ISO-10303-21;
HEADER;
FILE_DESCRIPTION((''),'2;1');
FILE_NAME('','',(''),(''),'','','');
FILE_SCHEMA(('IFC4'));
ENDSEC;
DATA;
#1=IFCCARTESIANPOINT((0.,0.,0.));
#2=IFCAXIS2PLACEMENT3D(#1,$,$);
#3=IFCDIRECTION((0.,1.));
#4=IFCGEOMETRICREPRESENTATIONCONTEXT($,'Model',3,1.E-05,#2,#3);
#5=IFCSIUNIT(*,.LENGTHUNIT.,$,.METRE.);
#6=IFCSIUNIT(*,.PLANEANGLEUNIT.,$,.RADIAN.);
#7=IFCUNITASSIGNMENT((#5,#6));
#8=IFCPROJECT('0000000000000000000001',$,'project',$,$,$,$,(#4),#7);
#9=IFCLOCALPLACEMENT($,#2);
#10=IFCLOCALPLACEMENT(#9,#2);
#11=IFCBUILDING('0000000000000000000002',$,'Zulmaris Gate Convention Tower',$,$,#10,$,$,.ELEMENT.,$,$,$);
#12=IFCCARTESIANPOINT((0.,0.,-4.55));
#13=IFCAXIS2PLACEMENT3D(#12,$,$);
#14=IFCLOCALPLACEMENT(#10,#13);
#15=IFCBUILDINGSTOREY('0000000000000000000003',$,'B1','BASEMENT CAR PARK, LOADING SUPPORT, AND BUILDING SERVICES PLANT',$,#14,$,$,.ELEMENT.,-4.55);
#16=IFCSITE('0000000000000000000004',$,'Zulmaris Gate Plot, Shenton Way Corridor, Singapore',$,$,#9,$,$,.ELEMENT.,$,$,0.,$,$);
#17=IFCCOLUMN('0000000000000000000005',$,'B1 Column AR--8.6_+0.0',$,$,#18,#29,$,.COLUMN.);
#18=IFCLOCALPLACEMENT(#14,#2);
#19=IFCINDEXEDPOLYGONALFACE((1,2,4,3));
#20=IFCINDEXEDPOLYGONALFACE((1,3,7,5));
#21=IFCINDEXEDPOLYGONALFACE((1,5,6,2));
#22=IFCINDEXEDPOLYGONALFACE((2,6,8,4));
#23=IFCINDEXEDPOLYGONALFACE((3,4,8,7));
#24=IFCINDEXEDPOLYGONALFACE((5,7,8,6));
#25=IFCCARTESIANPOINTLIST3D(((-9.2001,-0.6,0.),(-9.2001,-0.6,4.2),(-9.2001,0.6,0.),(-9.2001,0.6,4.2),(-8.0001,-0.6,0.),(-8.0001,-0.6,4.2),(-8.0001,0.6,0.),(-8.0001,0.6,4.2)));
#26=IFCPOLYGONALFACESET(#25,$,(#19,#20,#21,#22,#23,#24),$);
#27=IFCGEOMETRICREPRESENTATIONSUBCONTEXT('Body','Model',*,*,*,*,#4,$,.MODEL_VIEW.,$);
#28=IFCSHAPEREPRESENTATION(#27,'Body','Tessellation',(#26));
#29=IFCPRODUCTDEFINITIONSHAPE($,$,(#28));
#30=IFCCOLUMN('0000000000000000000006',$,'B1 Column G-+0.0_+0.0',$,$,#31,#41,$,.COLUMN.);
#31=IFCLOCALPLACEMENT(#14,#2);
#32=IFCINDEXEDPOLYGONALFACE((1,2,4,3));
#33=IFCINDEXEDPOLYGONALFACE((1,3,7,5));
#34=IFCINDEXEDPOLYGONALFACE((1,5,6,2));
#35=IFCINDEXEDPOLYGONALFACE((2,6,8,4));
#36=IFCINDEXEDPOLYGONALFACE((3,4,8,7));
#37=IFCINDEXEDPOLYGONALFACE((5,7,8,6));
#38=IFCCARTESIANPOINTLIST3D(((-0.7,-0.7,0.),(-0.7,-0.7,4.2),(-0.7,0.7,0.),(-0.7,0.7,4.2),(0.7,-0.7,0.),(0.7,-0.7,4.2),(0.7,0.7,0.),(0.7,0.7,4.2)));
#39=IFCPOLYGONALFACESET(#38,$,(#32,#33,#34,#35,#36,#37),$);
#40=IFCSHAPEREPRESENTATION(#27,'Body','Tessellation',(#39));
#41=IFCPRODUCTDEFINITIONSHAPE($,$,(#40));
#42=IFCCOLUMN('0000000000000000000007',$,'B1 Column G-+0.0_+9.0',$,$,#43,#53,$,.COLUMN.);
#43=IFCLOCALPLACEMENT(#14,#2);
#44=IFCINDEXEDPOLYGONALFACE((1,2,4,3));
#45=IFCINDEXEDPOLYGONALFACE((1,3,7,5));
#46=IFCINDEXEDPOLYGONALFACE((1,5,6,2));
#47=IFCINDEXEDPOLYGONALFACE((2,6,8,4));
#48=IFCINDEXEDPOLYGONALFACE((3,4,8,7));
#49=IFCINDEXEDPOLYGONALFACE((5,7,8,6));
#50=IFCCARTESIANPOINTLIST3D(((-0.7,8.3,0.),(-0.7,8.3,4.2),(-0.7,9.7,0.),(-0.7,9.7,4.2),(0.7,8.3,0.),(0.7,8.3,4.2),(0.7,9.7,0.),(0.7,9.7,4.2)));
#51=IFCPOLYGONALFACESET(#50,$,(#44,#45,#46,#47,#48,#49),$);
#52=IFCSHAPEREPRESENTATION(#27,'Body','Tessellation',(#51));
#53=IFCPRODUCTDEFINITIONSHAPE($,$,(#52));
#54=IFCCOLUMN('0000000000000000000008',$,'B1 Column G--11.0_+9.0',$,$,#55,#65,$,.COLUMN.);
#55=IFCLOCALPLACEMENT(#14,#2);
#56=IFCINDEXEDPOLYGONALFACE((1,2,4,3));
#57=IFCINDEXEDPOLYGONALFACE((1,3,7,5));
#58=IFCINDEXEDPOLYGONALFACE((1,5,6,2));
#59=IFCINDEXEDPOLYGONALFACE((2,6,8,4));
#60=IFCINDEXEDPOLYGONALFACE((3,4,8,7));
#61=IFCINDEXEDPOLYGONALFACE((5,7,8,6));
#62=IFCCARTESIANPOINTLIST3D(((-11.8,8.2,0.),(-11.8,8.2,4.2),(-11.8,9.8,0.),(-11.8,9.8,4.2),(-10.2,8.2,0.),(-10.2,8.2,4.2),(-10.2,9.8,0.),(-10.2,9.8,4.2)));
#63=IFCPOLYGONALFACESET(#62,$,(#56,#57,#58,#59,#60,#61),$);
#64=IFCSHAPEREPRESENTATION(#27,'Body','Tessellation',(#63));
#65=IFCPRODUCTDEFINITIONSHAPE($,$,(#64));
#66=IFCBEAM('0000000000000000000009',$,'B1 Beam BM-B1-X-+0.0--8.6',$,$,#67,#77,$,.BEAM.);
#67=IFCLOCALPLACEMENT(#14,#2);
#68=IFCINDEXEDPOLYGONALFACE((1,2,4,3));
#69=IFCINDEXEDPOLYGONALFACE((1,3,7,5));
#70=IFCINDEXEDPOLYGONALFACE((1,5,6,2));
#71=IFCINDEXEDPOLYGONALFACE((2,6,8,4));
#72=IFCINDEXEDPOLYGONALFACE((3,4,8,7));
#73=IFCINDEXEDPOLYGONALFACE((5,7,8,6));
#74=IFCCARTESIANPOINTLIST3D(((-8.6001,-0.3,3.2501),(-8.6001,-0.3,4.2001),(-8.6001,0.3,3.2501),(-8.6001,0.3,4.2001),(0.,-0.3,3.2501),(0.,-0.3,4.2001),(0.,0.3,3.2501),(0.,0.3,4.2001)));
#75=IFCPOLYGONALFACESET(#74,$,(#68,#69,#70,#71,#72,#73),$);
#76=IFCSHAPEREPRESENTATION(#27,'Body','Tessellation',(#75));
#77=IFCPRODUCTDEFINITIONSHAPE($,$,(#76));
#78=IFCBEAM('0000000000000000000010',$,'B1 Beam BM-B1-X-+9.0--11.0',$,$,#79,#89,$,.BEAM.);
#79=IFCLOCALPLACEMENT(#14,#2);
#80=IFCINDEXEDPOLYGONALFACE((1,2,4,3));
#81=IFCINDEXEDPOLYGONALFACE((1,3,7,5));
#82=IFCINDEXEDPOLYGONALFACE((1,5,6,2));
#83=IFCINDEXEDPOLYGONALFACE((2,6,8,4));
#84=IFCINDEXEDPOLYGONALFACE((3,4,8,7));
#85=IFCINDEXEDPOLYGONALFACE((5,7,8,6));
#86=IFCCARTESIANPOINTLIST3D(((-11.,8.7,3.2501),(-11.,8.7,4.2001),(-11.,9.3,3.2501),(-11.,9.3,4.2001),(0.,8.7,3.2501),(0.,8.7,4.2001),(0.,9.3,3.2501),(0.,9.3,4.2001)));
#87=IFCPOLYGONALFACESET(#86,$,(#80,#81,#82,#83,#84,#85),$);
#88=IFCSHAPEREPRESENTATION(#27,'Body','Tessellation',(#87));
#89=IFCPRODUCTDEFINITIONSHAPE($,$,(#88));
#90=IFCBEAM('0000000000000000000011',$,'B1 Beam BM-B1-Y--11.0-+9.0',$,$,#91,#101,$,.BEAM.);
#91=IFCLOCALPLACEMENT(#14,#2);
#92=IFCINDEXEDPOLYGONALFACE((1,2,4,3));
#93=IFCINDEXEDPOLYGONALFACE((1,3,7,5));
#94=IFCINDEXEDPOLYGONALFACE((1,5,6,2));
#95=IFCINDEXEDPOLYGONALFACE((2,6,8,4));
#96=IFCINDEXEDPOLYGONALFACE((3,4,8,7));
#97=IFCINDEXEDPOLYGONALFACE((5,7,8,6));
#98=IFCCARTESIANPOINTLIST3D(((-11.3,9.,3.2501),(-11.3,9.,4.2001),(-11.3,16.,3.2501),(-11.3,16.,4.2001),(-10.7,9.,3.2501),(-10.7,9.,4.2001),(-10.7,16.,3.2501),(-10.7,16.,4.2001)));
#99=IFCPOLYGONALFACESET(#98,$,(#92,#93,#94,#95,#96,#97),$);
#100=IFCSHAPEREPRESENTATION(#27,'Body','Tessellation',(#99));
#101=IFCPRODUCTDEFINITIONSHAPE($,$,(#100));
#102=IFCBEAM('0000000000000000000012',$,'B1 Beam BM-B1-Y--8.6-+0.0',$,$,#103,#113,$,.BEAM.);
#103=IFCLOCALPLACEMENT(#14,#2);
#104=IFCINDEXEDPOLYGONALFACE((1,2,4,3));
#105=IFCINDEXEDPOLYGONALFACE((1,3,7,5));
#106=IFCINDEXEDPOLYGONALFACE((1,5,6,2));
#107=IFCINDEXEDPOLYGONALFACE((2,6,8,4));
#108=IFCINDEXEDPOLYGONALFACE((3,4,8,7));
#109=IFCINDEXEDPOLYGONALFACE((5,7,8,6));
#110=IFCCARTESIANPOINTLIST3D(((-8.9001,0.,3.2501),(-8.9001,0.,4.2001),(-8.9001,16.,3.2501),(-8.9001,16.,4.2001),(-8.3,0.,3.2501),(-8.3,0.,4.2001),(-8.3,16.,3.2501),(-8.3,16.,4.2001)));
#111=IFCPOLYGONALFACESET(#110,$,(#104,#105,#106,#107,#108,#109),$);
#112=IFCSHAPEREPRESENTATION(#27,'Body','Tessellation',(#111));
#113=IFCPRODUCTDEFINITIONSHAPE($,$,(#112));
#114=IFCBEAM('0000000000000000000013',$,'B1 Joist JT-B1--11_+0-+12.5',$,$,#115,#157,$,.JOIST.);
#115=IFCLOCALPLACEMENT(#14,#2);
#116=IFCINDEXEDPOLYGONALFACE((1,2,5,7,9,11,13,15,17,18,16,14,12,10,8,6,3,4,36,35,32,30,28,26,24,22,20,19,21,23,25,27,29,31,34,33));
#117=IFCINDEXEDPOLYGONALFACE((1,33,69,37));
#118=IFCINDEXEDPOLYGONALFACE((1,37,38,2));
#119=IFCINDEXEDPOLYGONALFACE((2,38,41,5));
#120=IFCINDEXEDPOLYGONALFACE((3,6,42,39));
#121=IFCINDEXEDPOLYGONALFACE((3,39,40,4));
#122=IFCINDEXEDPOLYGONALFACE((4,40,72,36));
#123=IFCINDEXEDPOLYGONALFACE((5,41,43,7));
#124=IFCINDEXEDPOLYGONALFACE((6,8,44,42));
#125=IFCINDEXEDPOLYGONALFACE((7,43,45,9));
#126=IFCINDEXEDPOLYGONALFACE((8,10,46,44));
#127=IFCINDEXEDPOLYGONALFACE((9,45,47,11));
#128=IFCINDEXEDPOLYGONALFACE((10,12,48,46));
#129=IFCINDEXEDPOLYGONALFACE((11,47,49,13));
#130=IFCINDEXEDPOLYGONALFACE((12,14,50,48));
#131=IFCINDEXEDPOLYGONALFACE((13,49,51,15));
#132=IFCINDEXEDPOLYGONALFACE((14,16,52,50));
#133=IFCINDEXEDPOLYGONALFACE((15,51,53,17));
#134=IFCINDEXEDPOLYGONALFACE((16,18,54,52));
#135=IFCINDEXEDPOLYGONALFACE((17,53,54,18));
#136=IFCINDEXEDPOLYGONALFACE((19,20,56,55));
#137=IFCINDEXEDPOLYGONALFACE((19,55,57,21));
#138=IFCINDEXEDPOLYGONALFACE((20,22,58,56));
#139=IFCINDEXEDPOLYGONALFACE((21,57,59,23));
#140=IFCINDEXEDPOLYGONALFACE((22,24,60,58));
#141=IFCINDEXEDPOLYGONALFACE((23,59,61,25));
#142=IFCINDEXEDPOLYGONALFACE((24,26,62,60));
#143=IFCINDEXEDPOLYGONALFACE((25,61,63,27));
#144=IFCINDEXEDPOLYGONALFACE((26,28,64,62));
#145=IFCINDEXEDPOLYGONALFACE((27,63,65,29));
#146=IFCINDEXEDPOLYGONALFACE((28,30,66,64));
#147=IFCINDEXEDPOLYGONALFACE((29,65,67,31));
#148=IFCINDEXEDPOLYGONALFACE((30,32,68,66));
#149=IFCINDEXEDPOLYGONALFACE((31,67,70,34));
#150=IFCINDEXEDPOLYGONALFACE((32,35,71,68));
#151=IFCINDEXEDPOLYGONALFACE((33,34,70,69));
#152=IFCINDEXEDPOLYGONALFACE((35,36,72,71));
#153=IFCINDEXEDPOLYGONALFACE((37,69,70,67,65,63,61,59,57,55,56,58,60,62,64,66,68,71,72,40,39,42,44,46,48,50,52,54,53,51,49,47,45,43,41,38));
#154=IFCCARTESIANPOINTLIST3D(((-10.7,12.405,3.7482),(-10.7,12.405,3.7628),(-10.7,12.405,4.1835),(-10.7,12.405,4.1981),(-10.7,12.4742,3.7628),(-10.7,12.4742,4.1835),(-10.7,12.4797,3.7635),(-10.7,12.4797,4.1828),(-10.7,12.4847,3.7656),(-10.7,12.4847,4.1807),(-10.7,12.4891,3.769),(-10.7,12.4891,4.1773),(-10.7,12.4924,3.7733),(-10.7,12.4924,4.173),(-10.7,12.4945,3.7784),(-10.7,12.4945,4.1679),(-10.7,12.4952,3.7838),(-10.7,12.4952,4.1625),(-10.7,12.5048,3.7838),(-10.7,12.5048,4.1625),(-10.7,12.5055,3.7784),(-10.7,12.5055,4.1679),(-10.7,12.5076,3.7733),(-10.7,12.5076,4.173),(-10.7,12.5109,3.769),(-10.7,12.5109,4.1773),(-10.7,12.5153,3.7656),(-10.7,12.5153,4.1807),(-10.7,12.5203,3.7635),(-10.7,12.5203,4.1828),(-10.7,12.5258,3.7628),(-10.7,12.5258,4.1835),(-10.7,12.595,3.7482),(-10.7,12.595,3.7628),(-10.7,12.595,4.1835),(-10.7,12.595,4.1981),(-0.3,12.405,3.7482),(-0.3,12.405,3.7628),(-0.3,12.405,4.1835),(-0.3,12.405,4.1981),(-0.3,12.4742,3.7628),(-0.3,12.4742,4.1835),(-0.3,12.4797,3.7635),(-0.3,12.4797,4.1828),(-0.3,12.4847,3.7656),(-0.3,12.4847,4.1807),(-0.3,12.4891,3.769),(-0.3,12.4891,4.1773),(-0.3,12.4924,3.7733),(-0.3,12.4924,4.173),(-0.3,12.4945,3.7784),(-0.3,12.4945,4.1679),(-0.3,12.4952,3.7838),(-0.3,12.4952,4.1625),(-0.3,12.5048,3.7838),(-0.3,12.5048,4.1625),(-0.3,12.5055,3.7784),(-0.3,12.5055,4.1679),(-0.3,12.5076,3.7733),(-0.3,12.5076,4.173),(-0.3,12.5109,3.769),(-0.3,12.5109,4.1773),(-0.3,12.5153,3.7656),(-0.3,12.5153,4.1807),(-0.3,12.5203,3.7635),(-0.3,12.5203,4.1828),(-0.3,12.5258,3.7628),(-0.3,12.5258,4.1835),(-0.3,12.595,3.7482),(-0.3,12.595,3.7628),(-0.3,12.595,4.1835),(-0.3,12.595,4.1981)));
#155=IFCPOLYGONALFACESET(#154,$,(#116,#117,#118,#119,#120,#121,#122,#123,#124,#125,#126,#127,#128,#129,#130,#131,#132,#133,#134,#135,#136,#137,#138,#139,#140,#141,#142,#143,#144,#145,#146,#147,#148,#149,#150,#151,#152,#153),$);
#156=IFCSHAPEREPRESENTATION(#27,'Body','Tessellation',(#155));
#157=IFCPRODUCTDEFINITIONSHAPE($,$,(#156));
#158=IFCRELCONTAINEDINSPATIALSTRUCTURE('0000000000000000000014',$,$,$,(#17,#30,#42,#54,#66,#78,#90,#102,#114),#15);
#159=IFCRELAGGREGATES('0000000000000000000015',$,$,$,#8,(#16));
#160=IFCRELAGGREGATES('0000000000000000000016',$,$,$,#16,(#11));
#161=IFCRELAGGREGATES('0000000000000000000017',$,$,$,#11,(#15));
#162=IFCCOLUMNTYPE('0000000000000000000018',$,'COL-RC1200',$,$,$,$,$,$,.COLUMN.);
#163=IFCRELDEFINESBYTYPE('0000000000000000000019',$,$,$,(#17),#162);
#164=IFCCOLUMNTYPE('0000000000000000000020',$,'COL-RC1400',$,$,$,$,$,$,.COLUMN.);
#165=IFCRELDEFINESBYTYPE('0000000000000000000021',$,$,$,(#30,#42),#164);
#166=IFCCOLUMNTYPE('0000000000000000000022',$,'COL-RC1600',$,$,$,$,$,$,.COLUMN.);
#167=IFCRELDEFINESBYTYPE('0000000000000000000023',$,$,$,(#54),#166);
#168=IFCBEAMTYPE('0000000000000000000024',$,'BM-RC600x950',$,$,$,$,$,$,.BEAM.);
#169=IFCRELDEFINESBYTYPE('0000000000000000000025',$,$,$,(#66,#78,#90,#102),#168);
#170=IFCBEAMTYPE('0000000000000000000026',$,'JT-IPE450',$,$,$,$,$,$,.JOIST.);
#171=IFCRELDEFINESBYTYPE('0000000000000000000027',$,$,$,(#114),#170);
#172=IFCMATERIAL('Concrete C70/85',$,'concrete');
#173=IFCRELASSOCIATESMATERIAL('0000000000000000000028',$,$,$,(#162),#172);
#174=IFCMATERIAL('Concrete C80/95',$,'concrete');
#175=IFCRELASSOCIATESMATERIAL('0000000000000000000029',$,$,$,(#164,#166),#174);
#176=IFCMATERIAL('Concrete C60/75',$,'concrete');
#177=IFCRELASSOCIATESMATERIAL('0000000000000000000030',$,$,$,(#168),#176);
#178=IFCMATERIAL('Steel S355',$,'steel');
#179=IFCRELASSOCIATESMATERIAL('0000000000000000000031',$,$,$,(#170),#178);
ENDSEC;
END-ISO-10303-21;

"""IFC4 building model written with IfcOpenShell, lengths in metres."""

from ifc_helpers import new_model, si_unit, direction, frame, origin, origin_2d, place, context, subcontext, project, spatial, rectangle, i_section, extrude, material, material_profile, profile_set, type_object, element, save


model = new_model("IFC4")

# Units and contexts
model_context = context("Model", 3, precision=1e-05, world=origin(), true_north=direction((0.0, 1.0)))
body_context = subcontext(model_context, "Body", "Model", "MODEL_VIEW")
ifc_project = project(units=[si_unit("LENGTHUNIT", "METRE"), si_unit("PLANEANGLEUNIT", "RADIAN")], contexts=[model_context])

# Site, building, storey
site_placement = place(None, origin())
site = spatial("IfcSite", under=ifc_project, at=site_placement, Name="Zulmaris Gate Plot, Shenton Way Corridor, Singapore", CompositionType="ELEMENT", RefElevation=0.0)
building_placement = place(site_placement, origin())
building = spatial("IfcBuilding", under=site, at=building_placement, Name="Zulmaris Gate Convention Tower", CompositionType="ELEMENT")
storey_placement = place(building_placement, frame((0.0, 0.0, -4.55)))
storey = spatial("IfcBuildingStorey", under=building, at=storey_placement, Name="B1", Description="BASEMENT CAR PARK, LOADING SUPPORT, AND BUILDING SERVICES PLANT", CompositionType="ELEMENT", Elevation=-4.55)

# Columns
ifc_material_1 = material(Name="Concrete C70/85", Category="concrete")
ifc_material_profile_1 = material_profile(ifc_material_1, rectangle(XDim=1.2, YDim=1.2, at=origin_2d()), Name="RC COL 1200x1200")
ifc_profile_set_1 = profile_set([ifc_material_profile_1], Name="Concrete C70/85")
column_type_1 = type_object("IfcColumnType", Name="COL-RC1200", PredefinedType="COLUMN", material=ifc_profile_set_1)
column_1_placement = place(storey_placement, frame((-8.6001, 0.0, 0.0), z_axis=(0.0, 0.0, 1.0), x_axis=(1.0, 0.0, 0.0)))
element("IfcColumn", 1, at=column_1_placement, inside=storey, type_object=column_type_1, Name="B1 Column AR--8.6_+0.0", PredefinedType="COLUMN", context=body_context, shape_type="SweptSolid", body=[
    extrude(rectangle(XDim=1.2, YDim=1.2, at=origin_2d()), origin(), (0.0, 0.0, 1.0), 4.2),
])
ifc_material_2 = material(Name="Concrete C80/95", Category="concrete")
ifc_material_profile_2 = material_profile(ifc_material_2, rectangle(XDim=1.3999, YDim=1.3999, at=origin_2d()), Name="RC COL 1400x1400")
ifc_profile_set_2 = profile_set([ifc_material_profile_2], Name="Concrete C80/95")
column_type_2 = type_object("IfcColumnType", Name="COL-RC1400", PredefinedType="COLUMN", material=ifc_profile_set_2)
for number, where, z_axis, x_axis, name in (
    (2, (0.0, 0.0, 0.0), (0.0, 0.0, 1.0), (1.0, 0.0, 0.0), "B1 Column G-+0.0_+0.0"),
    (3, (0.0, 9.0, 0.0), (0.0, 0.0, 1.0), (1.0, 0.0, 0.0), "B1 Column G-+0.0_+9.0"),
):
    element("IfcColumn", number, at=place(storey_placement, frame(where, z_axis=z_axis, x_axis=x_axis)), inside=storey, type_object=column_type_2, Name=name, PredefinedType="COLUMN", context=body_context, shape_type="SweptSolid", body=[
        extrude(rectangle(XDim=1.3999, YDim=1.3999, at=origin_2d()), origin(), (0.0, 0.0, 1.0), 4.2),
    ])
ifc_material_profile_3 = material_profile(ifc_material_2, rectangle(XDim=1.6001, YDim=1.6001, at=origin_2d()), Name="RC COL 1600x1600")
ifc_profile_set_3 = profile_set([ifc_material_profile_3], Name="Concrete C80/95")
column_type_3 = type_object("IfcColumnType", Name="COL-RC1600", PredefinedType="COLUMN", material=ifc_profile_set_3)
column_2_placement = place(storey_placement, frame((-11.0, 9.0, 0.0), z_axis=(0.0, 0.0, 1.0), x_axis=(1.0, 0.0, 0.0)))
element("IfcColumn", 4, at=column_2_placement, inside=storey, type_object=column_type_3, Name="B1 Column G--11.0_+9.0", PredefinedType="COLUMN", context=body_context, shape_type="SweptSolid", body=[
    extrude(rectangle(XDim=1.6001, YDim=1.6001, at=origin_2d()), origin(), (0.0, 0.0, 1.0), 4.2),
])

# Beams
ifc_material_3 = material(Name="Concrete C60/75", Category="concrete")
ifc_material_profile_4 = material_profile(ifc_material_3, rectangle(XDim=0.6001, YDim=0.95, at=origin_2d()), Name="RC BEAM 600x950")
ifc_profile_set_4 = profile_set([ifc_material_profile_4], Name="Concrete C60/75")
beam_type_1 = type_object("IfcBeamType", Name="BM-RC600x950", PredefinedType="BEAM", material=ifc_profile_set_4)
beam_1_placement = place(storey_placement, frame((-8.6001, 0.0, 3.7251), z_axis=(1.0, 0.0, 0.0), x_axis=(0.0, 1.0, 0.0)))
element("IfcBeam", 5, at=beam_1_placement, inside=storey, type_object=beam_type_1, Name="B1 Beam BM-B1-X-+0.0--8.6", PredefinedType="BEAM", context=body_context, shape_type="SweptSolid", body=[
    extrude(rectangle(XDim=0.6001, YDim=0.95, at=origin_2d()), origin(), (0.0, 0.0, 1.0), 8.6001),
])
beam_2_placement = place(storey_placement, frame((-11.0, 9.0, 3.7251), z_axis=(1.0, 0.0, 0.0), x_axis=(0.0, 1.0, 0.0)))
element("IfcBeam", 6, at=beam_2_placement, inside=storey, type_object=beam_type_1, Name="B1 Beam BM-B1-X-+9.0--11.0", PredefinedType="BEAM", context=body_context, shape_type="SweptSolid", body=[
    extrude(rectangle(XDim=0.6001, YDim=0.95, at=origin_2d()), origin(), (0.0, 0.0, 1.0), 11.0),
])
beam_3_placement = place(storey_placement, frame((-11.0, 9.0, 3.7251), z_axis=(0.0, 1.0, 0.0), x_axis=(-1.0, 0.0, 0.0)))
element("IfcBeam", 7, at=beam_3_placement, inside=storey, type_object=beam_type_1, Name="B1 Beam BM-B1-Y--11.0-+9.0", PredefinedType="BEAM", context=body_context, shape_type="SweptSolid", body=[
    extrude(rectangle(XDim=0.6001, YDim=0.95, at=origin_2d()), origin(), (0.0, 0.0, 1.0), 7.0),
])
beam_4_placement = place(storey_placement, frame((-8.6001, 0.0, 3.7251), z_axis=(0.0, 1.0, 0.0), x_axis=(-1.0, 0.0, 0.0)))
element("IfcBeam", 8, at=beam_4_placement, inside=storey, type_object=beam_type_1, Name="B1 Beam BM-B1-Y--8.6-+0.0", PredefinedType="BEAM", context=body_context, shape_type="SweptSolid", body=[
    extrude(rectangle(XDim=0.6001, YDim=0.95, at=origin_2d()), origin(), (0.0, 0.0, 1.0), 16.0),
])
ifc_material_4 = material(Name="Steel S355", Category="steel")
ifc_material_profile_5 = material_profile(ifc_material_4, i_section(OverallWidth=0.1899, OverallDepth=0.45, WebThickness=0.0095, FlangeThickness=0.0146, FilletRadius=0.021, at=origin_2d()), Name="IPE 450")
ifc_profile_set_5 = profile_set([ifc_material_profile_5], Name="Steel S355")
beam_type_2 = type_object("IfcBeamType", Name="JT-IPE450", PredefinedType="JOIST", material=ifc_profile_set_5)
beam_5_placement = place(storey_placement, frame((-10.7, 12.5, 3.9731), z_axis=(1.0, 0.0, 0.0), x_axis=(0.0, 1.0, 0.0)))
element("IfcBeam", 9, at=beam_5_placement, inside=storey, type_object=beam_type_2, Name="B1 Joist JT-B1--11_+0-+12.5", PredefinedType="JOIST", context=body_context, shape_type="SweptSolid", body=[
    extrude(i_section(OverallWidth=0.1899, OverallDepth=0.45, WebThickness=0.0095, FlangeThickness=0.0146, FilletRadius=0.021, at=origin_2d()), origin(), (0.0, 0.0, 1.0), 10.3999),
])

save(model, "model.ifc")
